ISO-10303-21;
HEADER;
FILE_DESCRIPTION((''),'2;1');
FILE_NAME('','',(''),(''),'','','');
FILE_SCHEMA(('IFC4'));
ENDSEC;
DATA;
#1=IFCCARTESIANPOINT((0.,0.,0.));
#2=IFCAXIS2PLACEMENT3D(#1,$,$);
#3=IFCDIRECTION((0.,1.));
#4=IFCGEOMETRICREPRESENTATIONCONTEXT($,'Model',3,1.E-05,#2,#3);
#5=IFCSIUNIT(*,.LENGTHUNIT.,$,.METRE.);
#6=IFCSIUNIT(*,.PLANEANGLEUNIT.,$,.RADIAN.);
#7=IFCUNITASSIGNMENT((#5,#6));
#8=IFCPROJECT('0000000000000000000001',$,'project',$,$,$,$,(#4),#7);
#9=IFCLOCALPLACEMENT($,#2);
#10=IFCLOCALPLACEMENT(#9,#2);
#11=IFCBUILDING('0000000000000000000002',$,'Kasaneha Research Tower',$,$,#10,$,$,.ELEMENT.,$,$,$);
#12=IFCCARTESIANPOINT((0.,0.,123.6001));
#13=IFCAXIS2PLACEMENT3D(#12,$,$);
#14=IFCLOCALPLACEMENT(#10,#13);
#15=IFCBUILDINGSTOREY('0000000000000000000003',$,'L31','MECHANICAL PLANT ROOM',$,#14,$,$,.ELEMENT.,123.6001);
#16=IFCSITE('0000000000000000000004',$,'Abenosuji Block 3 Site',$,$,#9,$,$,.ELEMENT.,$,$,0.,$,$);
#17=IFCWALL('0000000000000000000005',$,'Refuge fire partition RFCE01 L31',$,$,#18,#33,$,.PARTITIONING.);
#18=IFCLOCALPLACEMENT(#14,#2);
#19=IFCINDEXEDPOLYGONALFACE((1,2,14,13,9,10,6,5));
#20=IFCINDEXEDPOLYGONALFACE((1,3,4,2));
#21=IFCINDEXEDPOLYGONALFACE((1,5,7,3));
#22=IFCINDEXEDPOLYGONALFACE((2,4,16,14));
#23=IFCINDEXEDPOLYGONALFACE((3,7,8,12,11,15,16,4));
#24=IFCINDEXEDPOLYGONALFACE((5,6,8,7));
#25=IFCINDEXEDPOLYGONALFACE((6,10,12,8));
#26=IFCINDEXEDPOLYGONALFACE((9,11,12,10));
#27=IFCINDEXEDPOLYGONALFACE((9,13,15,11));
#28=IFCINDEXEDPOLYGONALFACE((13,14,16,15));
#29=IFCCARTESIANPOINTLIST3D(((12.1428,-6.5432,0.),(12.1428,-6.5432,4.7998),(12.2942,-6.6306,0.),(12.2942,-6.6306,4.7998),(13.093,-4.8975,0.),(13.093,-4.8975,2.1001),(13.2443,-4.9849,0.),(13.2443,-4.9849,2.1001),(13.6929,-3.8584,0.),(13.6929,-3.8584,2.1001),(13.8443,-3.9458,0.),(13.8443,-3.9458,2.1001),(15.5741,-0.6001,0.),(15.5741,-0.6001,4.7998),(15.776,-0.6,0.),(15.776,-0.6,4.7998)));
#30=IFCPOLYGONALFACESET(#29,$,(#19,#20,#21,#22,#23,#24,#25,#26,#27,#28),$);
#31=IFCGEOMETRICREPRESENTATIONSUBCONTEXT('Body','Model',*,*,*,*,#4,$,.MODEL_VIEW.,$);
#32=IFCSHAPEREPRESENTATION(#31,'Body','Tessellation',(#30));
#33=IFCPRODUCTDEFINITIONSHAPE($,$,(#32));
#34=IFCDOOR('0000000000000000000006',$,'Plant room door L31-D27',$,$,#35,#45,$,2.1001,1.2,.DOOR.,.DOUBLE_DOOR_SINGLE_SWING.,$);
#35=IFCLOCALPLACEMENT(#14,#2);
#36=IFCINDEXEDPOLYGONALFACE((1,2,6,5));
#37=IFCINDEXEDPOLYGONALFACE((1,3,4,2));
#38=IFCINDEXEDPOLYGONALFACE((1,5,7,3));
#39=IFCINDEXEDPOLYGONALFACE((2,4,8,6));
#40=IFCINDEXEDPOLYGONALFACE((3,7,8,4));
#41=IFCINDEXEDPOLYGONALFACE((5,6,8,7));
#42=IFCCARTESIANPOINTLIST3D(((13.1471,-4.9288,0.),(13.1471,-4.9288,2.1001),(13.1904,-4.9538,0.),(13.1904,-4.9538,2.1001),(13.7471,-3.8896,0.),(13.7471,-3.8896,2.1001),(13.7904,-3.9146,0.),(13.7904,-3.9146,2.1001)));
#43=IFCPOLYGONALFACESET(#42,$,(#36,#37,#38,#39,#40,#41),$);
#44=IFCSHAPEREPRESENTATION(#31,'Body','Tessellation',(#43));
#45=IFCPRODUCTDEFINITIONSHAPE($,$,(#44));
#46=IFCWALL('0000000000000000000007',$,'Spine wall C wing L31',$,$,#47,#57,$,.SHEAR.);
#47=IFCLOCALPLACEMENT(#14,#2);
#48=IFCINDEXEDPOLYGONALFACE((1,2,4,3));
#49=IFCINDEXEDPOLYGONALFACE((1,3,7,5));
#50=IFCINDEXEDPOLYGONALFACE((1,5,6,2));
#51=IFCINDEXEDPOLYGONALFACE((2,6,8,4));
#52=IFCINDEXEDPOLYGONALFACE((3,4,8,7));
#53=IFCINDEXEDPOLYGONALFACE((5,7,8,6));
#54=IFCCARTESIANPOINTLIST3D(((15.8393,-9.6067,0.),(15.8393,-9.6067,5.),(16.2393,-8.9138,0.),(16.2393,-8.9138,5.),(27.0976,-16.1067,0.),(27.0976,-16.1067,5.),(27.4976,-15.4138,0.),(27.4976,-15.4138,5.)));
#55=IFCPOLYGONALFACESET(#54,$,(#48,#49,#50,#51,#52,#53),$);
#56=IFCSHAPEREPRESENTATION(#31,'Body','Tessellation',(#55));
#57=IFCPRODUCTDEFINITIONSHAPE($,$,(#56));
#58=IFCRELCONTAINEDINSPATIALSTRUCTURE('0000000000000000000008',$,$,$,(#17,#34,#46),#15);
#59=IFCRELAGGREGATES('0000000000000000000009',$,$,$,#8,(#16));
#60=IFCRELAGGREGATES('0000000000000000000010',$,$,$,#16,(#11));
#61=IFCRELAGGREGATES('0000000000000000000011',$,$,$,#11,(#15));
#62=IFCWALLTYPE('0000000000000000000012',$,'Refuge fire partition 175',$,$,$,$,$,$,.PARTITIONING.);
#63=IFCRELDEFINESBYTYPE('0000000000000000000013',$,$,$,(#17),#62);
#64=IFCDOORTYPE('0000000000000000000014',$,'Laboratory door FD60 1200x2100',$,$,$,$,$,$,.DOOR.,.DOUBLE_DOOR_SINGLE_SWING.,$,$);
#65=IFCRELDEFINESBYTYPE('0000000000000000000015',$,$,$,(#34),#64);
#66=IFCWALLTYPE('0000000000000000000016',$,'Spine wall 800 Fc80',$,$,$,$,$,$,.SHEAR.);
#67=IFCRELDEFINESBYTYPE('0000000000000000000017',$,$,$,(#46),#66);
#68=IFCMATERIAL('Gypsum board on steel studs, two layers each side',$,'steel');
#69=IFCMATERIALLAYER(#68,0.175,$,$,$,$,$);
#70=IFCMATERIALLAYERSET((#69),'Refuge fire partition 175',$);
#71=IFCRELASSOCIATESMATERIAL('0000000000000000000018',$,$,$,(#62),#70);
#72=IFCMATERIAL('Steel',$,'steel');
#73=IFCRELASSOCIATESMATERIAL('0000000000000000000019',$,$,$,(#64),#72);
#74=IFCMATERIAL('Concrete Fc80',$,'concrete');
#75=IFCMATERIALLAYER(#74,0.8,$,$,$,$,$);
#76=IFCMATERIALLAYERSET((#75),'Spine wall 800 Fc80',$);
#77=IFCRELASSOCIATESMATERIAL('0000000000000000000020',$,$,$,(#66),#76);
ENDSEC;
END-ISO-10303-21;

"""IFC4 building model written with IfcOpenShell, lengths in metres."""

from ifc_helpers import new_model, si_unit, direction, frame, frame_2d, origin, place, context, subcontext, project, spatial, polyline, rectangle, outline, extrude, material, layer, layer_set, type_object, element, fill, save


model = new_model("IFC4")

# Units and contexts
model_context = context("Model", 3, precision=1e-05, world=origin(), true_north=direction((0.0, 1.0)))
body_context = subcontext(model_context, "Body", "Model", "MODEL_VIEW")
ifc_project = project(units=[si_unit("LENGTHUNIT", "METRE"), si_unit("PLANEANGLEUNIT", "RADIAN")], contexts=[model_context])

# Site, building, storey
site_placement = place(None, origin())
site = spatial("IfcSite", under=ifc_project, at=site_placement, Name="Abenosuji Block 3 Site", CompositionType="ELEMENT", RefElevation=0.0)
building_placement = place(site_placement, origin())
building = spatial("IfcBuilding", under=site, at=building_placement, Name="Kasaneha Research Tower", CompositionType="ELEMENT")
storey_placement = place(building_placement, frame((0.0, 0.0, 123.6001)))
storey = spatial("IfcBuildingStorey", under=building, at=storey_placement, Name="L31", Description="MECHANICAL PLANT ROOM", CompositionType="ELEMENT", Elevation=123.6001)

# Wall, opening, door
ifc_material_1 = material(Name="Gypsum board on steel studs, two layers each side", Category="steel")
ifc_layer_1 = layer(ifc_material_1, 0.175)
ifc_layer_set_1 = layer_set([ifc_layer_1], Name="Refuge fire partition 175")
wall_type_1 = type_object("IfcWallType", Name="Refuge fire partition 175", PredefinedType="PARTITIONING", material=ifc_layer_set_1)
wall_1_placement = place(storey_placement, frame((12.2185, -6.5869, 0.0), z_axis=(0.0, 0.0, 1.0), x_axis=(0.500006, 0.866022, 0.0)))
wall_1 = element("IfcWall", 1, at=wall_1_placement, inside=storey, type_object=wall_type_1, Name="Refuge fire partition RFCE01 L31", PredefinedType="PARTITIONING", context=body_context, shape_type="SweptSolid", body=[
    extrude(outline(polyline([(0.0, -0.0874), (1.9001, -0.0874), (3.1001, -0.0874), (6.9636, -0.0874), (6.8625, 0.0874), (3.1001, 0.0874), (1.9001, 0.0874), (0.0, 0.0874), (0.0, -0.0874)])), origin(), (0.0, 0.0, 1.0), 4.7998),
])
opening_1_placement = place(wall_1_placement, frame((1.9001, 0.0, 0.0)))
opening_1 = element("IfcOpeningElement", 2, at=opening_1_placement, cuts=wall_1, PredefinedType="OPENING", context=body_context, shape_type="SweptSolid", body=[
    extrude(rectangle(XDim=1.2, YDim=2.1001, at=frame_2d((0.6001, 1.05))), frame((0.0, 0.0977, 0.0), z_axis=(0.0, -1.0, 0.0), x_axis=(1.0, 0.0, 0.0)), (0.0, 0.0, 1.0), 0.1951),
])
ifc_material_2 = material(Name="Steel", Category="steel")
door_type = type_object("IfcDoorType", Name="Laboratory door FD60 1200x2100", OperationType="DOUBLE_DOOR_SINGLE_SWING", PredefinedType="DOOR", material=ifc_material_2)
door_placement = place(opening_1_placement, origin())
door = element("IfcDoor", 3, at=door_placement, inside=storey, type_object=door_type, Name="Plant room door L31-D27", OperationType="DOUBLE_DOOR_SINGLE_SWING", OverallHeight=2.1001, OverallWidth=1.2, PredefinedType="DOOR", context=body_context, shape_type="SweptSolid", body=[
    extrude(rectangle(XDim=1.2, YDim=2.1001, at=frame_2d((0.6001, 1.05))), frame((0.0, 0.0249, 0.0), z_axis=(0.0, -1.0, 0.0), x_axis=(1.0, 0.0, 0.0)), (0.0, 0.0, 1.0), 0.05),
])
fill(opening_1, door)

# Wall
ifc_material_3 = material(Name="Concrete Fc80", Category="concrete")
ifc_layer_2 = layer(ifc_material_3, 0.8)
ifc_layer_set_2 = layer_set([ifc_layer_2], Name="Spine wall 800 Fc80")
wall_type_2 = type_object("IfcWallType", Name="Spine wall 800 Fc80", PredefinedType="SHEAR", material=ifc_layer_set_2)
wall_2_placement = place(storey_placement, frame((16.0393, -9.2603, 0.0), z_axis=(0.0, 0.0, 1.0), x_axis=(0.866025, -0.500001, 0.0)))
element("IfcWall", 4, at=wall_2_placement, inside=storey, type_object=wall_type_2, Name="Spine wall C wing L31", PredefinedType="SHEAR", context=body_context, shape_type="SweptSolid", body=[
    extrude(rectangle(XDim=13.0, YDim=0.8, at=frame_2d((6.5, 0.0))), origin(), (0.0, 0.0, 1.0), 5.0),
])

save(model, "model.ifc")
